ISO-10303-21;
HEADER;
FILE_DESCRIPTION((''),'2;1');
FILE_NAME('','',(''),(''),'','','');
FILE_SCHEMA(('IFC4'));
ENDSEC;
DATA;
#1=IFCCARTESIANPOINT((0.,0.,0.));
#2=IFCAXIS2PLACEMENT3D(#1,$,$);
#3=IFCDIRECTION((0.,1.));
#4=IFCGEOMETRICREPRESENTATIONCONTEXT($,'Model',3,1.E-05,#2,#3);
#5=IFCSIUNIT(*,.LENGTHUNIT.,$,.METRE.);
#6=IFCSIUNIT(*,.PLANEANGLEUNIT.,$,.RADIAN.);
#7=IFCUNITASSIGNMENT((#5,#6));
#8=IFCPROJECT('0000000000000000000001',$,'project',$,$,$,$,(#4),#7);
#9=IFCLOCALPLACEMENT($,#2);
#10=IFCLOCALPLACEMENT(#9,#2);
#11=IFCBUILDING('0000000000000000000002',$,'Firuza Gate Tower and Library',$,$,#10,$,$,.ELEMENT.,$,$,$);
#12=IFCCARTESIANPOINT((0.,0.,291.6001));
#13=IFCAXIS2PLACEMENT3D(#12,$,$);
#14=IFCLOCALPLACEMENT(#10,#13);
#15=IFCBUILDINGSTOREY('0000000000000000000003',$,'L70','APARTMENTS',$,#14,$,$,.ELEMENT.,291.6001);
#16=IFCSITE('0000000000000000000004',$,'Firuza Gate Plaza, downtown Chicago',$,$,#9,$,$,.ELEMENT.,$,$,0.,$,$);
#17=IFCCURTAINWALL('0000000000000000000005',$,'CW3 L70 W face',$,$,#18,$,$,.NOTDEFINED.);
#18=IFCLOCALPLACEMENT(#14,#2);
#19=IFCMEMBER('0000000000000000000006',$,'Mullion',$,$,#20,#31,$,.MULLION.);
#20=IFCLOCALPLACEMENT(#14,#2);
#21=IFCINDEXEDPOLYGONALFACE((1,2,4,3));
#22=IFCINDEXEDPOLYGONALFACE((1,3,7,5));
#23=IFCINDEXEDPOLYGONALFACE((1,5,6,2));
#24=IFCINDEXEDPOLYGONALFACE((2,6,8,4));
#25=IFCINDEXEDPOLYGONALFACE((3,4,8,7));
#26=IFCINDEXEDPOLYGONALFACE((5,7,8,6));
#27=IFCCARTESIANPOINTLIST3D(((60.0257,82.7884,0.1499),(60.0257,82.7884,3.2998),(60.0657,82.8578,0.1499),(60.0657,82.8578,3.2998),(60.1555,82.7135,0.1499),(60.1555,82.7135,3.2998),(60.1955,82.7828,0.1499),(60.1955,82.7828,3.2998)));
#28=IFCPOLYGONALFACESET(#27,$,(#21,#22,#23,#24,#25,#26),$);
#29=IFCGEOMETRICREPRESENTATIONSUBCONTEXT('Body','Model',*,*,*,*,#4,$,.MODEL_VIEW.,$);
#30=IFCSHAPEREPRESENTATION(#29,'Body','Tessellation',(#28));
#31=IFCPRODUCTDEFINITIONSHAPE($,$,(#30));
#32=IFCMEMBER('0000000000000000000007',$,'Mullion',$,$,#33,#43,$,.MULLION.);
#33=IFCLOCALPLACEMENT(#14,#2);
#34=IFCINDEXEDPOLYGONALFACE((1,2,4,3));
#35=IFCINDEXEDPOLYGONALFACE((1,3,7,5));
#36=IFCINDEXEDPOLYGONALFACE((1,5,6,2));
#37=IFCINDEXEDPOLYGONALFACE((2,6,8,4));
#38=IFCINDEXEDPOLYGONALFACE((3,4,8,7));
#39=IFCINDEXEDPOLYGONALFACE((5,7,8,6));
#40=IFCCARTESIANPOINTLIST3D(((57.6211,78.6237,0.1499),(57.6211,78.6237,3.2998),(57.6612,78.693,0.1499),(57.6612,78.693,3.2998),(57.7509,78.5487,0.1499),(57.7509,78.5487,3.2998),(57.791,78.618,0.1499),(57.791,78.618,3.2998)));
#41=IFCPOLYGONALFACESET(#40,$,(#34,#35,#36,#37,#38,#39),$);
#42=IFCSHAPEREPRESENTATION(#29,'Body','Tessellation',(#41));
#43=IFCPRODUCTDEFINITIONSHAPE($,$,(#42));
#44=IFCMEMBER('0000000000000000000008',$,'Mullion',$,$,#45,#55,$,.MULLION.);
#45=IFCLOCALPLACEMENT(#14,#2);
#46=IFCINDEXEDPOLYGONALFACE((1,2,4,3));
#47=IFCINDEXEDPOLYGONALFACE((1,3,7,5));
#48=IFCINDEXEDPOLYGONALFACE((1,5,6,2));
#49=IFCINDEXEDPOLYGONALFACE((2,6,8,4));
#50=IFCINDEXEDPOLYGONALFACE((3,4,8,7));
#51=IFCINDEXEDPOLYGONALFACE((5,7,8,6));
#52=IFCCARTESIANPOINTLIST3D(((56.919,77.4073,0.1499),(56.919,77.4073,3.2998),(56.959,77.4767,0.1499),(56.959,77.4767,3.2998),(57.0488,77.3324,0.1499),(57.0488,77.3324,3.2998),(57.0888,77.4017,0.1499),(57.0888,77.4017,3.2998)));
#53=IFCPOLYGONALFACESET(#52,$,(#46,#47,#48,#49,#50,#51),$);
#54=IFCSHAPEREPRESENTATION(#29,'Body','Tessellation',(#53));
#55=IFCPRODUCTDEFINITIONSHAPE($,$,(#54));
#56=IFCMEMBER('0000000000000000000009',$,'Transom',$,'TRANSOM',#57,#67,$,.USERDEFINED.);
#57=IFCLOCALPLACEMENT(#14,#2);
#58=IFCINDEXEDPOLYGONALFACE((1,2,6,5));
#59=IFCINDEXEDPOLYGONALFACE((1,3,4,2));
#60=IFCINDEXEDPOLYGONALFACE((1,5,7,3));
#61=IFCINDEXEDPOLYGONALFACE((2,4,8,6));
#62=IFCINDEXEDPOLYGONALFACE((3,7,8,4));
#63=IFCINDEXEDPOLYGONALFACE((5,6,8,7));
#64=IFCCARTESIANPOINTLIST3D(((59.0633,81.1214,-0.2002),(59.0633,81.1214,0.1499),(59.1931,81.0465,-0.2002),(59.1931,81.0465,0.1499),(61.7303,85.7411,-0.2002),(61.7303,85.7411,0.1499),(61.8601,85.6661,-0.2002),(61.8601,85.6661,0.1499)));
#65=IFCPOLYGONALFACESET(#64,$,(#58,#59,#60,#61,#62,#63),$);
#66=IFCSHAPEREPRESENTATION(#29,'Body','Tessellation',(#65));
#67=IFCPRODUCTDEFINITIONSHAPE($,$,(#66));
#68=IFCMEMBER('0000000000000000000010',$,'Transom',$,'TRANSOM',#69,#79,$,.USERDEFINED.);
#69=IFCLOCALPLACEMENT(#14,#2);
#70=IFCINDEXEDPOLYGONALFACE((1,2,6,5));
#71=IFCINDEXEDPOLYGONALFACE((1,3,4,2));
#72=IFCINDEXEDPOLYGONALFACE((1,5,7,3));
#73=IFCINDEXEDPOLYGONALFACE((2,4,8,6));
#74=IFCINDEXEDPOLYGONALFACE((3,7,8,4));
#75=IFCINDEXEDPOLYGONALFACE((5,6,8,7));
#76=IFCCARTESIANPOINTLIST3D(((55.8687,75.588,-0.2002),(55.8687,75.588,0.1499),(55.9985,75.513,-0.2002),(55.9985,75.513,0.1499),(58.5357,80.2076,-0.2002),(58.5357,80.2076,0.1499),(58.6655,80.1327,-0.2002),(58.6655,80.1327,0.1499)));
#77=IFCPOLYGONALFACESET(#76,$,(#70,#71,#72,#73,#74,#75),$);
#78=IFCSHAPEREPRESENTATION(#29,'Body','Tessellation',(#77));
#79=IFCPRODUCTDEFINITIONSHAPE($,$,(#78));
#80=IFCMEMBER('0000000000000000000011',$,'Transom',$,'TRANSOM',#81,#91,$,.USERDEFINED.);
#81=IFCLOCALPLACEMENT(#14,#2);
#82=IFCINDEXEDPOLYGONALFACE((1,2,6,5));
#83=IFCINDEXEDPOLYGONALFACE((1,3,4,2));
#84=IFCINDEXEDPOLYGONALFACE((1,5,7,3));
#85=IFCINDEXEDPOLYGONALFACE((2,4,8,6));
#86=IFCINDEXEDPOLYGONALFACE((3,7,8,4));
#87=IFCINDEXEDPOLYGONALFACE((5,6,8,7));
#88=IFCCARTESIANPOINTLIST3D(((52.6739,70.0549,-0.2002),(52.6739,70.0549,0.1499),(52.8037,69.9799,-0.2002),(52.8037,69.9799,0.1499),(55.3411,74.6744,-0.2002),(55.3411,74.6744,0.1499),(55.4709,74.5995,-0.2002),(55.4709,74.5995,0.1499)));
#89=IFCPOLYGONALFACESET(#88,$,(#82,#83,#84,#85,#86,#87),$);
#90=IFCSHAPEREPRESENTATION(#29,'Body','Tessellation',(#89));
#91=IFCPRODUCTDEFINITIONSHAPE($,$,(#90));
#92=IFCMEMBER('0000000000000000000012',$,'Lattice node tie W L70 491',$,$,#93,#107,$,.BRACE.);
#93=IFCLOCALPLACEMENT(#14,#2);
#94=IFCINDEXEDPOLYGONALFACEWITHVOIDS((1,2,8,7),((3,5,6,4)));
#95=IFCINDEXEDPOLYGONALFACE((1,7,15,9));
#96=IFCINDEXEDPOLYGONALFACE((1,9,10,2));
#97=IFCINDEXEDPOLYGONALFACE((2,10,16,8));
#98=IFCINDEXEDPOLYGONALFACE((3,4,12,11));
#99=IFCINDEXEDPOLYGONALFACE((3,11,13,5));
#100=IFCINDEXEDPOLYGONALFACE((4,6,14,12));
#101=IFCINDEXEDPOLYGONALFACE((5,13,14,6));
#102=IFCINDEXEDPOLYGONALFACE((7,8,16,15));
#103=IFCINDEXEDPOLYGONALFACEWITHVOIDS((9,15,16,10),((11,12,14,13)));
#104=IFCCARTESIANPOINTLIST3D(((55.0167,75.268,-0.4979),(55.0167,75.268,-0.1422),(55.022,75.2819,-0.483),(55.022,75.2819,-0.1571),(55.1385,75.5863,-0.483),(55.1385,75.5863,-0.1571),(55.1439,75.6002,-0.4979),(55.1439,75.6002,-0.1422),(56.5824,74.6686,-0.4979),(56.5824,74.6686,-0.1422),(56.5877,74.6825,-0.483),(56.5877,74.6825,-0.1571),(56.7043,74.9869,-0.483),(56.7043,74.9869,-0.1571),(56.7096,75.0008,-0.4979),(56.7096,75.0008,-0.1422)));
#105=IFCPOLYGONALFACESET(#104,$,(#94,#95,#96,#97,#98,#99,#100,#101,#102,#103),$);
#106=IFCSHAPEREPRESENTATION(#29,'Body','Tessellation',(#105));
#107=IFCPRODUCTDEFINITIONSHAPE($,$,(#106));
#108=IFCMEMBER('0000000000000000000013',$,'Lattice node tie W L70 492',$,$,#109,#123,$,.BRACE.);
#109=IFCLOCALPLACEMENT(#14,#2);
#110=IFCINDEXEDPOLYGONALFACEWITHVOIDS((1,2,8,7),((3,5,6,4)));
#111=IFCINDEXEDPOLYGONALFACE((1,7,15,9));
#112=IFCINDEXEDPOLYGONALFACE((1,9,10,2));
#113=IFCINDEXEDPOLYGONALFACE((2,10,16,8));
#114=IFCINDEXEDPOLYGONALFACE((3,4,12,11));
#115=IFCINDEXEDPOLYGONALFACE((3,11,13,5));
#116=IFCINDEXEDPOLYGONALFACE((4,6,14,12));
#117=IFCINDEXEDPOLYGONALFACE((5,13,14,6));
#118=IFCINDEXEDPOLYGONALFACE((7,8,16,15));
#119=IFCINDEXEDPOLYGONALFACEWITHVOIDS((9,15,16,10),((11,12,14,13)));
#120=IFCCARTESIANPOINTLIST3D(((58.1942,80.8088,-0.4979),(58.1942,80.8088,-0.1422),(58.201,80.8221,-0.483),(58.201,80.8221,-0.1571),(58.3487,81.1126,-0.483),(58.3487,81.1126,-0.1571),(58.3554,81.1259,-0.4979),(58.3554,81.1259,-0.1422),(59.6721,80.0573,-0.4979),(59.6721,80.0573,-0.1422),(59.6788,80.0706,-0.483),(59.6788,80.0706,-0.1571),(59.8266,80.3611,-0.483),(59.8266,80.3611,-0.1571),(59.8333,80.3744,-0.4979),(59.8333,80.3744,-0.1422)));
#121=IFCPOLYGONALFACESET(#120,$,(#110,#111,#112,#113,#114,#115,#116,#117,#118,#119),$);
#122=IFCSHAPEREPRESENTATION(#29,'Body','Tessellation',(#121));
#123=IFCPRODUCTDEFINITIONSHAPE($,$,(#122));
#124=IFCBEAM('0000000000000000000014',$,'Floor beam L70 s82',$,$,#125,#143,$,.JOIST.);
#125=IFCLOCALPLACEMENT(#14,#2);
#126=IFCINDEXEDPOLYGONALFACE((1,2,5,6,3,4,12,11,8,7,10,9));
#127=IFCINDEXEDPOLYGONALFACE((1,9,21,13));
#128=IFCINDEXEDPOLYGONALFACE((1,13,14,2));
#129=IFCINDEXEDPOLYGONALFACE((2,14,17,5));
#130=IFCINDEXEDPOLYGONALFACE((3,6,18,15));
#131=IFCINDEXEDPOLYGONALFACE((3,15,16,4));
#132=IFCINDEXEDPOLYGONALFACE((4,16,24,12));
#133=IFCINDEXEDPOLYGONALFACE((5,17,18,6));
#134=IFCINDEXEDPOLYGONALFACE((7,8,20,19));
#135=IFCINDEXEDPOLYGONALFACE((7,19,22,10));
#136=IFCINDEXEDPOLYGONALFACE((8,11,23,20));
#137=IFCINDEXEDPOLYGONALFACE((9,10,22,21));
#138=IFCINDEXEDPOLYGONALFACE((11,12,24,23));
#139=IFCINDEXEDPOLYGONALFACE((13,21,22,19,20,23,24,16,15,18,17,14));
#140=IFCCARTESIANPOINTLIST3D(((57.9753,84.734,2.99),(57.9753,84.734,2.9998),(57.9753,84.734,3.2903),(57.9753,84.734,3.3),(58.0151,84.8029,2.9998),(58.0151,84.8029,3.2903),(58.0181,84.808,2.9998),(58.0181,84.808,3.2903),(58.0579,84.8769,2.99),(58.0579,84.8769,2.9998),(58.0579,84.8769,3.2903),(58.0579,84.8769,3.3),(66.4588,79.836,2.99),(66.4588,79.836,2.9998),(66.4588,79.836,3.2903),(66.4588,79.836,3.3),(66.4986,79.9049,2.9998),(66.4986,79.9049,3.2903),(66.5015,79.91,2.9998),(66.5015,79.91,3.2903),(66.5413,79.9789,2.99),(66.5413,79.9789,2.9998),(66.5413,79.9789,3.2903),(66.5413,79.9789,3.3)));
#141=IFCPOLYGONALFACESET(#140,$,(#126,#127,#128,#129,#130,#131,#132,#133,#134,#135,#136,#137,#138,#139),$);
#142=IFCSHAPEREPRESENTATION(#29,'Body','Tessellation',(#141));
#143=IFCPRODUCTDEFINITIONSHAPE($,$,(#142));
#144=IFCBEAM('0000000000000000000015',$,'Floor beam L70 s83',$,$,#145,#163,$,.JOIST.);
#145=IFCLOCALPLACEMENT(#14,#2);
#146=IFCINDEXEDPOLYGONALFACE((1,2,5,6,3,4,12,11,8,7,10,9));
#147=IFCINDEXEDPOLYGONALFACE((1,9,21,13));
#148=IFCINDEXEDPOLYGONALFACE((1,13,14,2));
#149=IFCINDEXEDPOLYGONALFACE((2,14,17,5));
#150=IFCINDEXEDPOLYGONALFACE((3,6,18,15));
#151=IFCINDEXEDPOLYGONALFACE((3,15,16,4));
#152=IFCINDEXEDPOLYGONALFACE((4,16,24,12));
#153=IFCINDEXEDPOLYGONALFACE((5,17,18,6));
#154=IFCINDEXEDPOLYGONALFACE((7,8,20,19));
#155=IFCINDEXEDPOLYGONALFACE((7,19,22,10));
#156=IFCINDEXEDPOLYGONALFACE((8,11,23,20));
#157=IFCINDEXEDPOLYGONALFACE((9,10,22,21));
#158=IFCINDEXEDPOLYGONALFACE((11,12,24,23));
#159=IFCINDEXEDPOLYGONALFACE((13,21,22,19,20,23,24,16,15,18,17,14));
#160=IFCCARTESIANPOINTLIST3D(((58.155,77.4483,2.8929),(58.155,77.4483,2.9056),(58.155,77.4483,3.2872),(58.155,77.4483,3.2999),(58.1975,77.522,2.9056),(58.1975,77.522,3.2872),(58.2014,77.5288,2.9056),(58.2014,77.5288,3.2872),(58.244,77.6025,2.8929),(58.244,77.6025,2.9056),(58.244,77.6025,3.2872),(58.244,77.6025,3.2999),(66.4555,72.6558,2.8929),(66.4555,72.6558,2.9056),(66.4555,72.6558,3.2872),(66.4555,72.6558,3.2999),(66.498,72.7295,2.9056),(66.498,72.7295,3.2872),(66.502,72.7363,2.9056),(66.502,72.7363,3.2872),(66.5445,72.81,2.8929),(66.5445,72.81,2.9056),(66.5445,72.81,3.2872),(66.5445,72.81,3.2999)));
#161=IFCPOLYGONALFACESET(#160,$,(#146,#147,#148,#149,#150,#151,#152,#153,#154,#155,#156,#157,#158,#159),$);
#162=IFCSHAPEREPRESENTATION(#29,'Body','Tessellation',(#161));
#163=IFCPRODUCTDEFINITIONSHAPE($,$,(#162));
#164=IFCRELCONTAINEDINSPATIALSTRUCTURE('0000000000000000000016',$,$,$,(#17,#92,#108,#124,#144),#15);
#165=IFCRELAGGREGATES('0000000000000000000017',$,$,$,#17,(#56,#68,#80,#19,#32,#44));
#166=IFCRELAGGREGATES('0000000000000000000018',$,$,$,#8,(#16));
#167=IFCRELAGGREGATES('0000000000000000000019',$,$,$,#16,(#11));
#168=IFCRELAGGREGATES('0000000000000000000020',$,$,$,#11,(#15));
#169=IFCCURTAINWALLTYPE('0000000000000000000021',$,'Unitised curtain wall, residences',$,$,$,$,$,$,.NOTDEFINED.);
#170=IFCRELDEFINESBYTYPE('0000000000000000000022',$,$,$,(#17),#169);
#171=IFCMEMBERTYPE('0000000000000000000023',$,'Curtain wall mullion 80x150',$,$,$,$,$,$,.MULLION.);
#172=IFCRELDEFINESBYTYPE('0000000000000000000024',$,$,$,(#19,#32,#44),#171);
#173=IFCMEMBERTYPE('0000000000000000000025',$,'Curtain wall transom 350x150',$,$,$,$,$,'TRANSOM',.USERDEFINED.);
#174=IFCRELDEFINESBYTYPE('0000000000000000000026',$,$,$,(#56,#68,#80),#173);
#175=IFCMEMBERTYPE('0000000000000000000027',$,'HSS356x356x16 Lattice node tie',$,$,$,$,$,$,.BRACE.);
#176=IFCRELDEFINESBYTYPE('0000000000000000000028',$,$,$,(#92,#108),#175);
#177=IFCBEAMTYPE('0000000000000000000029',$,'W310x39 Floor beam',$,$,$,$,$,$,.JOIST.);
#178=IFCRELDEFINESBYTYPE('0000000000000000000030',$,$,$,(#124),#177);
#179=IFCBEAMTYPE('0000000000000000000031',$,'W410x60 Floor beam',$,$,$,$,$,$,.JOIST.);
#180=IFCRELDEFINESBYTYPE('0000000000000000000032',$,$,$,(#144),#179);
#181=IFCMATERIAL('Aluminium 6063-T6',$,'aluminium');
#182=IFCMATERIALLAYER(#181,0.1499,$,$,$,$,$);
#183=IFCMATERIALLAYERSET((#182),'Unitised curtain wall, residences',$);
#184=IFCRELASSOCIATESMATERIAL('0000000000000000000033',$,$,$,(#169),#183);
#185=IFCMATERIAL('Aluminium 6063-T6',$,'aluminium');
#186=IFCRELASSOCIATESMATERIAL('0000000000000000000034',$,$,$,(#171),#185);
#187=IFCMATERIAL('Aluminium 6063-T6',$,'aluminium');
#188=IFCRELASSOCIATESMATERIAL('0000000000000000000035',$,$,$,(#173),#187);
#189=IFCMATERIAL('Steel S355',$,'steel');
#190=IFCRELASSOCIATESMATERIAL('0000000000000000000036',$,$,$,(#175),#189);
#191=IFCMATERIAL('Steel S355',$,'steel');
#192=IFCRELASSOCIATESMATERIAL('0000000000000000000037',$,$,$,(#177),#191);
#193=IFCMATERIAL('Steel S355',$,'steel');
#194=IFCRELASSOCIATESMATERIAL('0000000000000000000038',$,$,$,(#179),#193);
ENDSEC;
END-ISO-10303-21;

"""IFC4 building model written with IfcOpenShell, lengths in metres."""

from ifc_helpers import new_model, si_unit, direction, frame, origin, origin_2d, place, context, subcontext, project, spatial, rectangle, hollow_rectangle, i_section, extrude, material, layer, layer_set, material_profile, profile_set, type_object, element, aggregate, save


model = new_model("IFC4")

# Units and contexts
model_context = context("Model", 3, precision=1e-05, world=origin(), true_north=direction((0.0, 1.0)))
body_context = subcontext(model_context, "Body", "Model", "MODEL_VIEW")
ifc_project = project(units=[si_unit("LENGTHUNIT", "METRE"), si_unit("PLANEANGLEUNIT", "RADIAN")], contexts=[model_context])

# Site, building, storey
site_placement = place(None, origin())
site = spatial("IfcSite", under=ifc_project, at=site_placement, Name="Firuza Gate Plaza, downtown Chicago", CompositionType="ELEMENT", RefElevation=0.0)
building_placement = place(site_placement, origin())
building = spatial("IfcBuilding", under=site, at=building_placement, Name="Firuza Gate Tower and Library", CompositionType="ELEMENT")
storey_placement = place(building_placement, frame((0.0, 0.0, 291.6001)))
storey = spatial("IfcBuildingStorey", under=building, at=storey_placement, Name="L70", Description="APARTMENTS", CompositionType="ELEMENT", Elevation=291.6001)

# Curtain wall, members
ifc_material_1 = material(Name="Aluminium 6063-T6", Category="aluminium")
ifc_layer_1 = layer(ifc_material_1, 0.1499)
ifc_layer_set_1 = layer_set([ifc_layer_1], Name="Unitised curtain wall, residences")
curtain_wall_type = type_object("IfcCurtainWallType", Name="Unitised curtain wall, residences", PredefinedType="NOTDEFINED", material=ifc_layer_set_1)
curtain_wall_placement = place(storey_placement, origin())
curtain_wall = element("IfcCurtainWall", 1, at=curtain_wall_placement, inside=storey, type_object=curtain_wall_type, Name="CW3 L70 W face", PredefinedType="NOTDEFINED")
ifc_material_2 = material(Name="Aluminium 6063-T6", Category="aluminium")
ifc_material_profile_1 = material_profile(ifc_material_2, rectangle(XDim=0.1499, YDim=0.0801, at=origin_2d()))
ifc_profile_set_1 = profile_set([ifc_material_profile_1], Name="Aluminium 6063-T6")
member_type_1 = type_object("IfcMemberType", Name="Curtain wall mullion 80x150", PredefinedType="MULLION", material=ifc_profile_set_1)
member_1_placement = place(storey_placement, frame((60.1106, 82.7856, 0.1499), z_axis=(0.0, 0.0, 1.0), x_axis=(0.866025, -0.5, 0.0)))
member_1 = element("IfcMember", 2, at=member_1_placement, type_object=member_type_1, Name="Mullion", PredefinedType="MULLION", context=body_context, shape_type="SweptSolid", body=[
    extrude(rectangle(XDim=0.1499, YDim=0.0801, at=origin_2d()), origin(), (0.0, 0.0, 1.0), 3.1499),
])
member_2_placement = place(storey_placement, frame((57.7061, 78.6208, 0.1499), z_axis=(0.0, 0.0, 1.0), x_axis=(0.866025, -0.5, 0.0)))
member_2 = element("IfcMember", 3, at=member_2_placement, type_object=member_type_1, Name="Mullion", PredefinedType="MULLION", context=body_context, shape_type="SweptSolid", body=[
    extrude(rectangle(XDim=0.1499, YDim=0.0801, at=origin_2d()), origin(), (0.0, 0.0, 1.0), 3.1499),
])
member_3_placement = place(storey_placement, frame((57.0039, 77.4045, 0.1499), z_axis=(0.0, 0.0, 1.0), x_axis=(0.866025, -0.5, 0.0)))
member_3 = element("IfcMember", 4, at=member_3_placement, type_object=member_type_1, Name="Mullion", PredefinedType="MULLION", context=body_context, shape_type="SweptSolid", body=[
    extrude(rectangle(XDim=0.1499, YDim=0.0801, at=origin_2d()), origin(), (0.0, 0.0, 1.0), 3.1499),
])
ifc_material_3 = material(Name="Aluminium 6063-T6", Category="aluminium")
ifc_material_profile_2 = material_profile(ifc_material_3, rectangle(XDim=0.1499, YDim=0.3501, at=origin_2d()))
ifc_profile_set_2 = profile_set([ifc_material_profile_2], Name="Aluminium 6063-T6")
member_type_2 = type_object("IfcMemberType", Name="Curtain wall transom 350x150", ElementType="TRANSOM", PredefinedType="USERDEFINED", material=ifc_profile_set_2)
member_4_placement = place(storey_placement, frame((61.7952, 85.7036, -0.0251), z_axis=(-0.499979, -0.866038, 0.0), x_axis=(0.866038, -0.499979, 0.0)))
member_4 = element("IfcMember", 5, at=member_4_placement, type_object=member_type_2, Name="Transom", ObjectType="TRANSOM", PredefinedType="USERDEFINED", context=body_context, shape_type="SweptSolid", body=[
    extrude(rectangle(XDim=0.1499, YDim=0.3501, at=origin_2d()), origin(), (0.0, 0.0, 1.0), 5.3342),
])
member_5_placement = place(storey_placement, frame((58.6006, 80.1702, -0.0251), z_axis=(-0.499979, -0.866038, 0.0), x_axis=(0.866038, -0.499979, 0.0)))
member_5 = element("IfcMember", 6, at=member_5_placement, type_object=member_type_2, Name="Transom", ObjectType="TRANSOM", PredefinedType="USERDEFINED", context=body_context, shape_type="SweptSolid", body=[
    extrude(rectangle(XDim=0.1499, YDim=0.3501, at=origin_2d()), origin(), (0.0, 0.0, 1.0), 5.3342),
])
member_6_placement = place(storey_placement, frame((55.406, 74.637, -0.0251), z_axis=(-0.500013, -0.866018, 0.0), x_axis=(0.866018, -0.500013, 0.0)))
member_6 = element("IfcMember", 7, at=member_6_placement, type_object=member_type_2, Name="Transom", ObjectType="TRANSOM", PredefinedType="USERDEFINED", context=body_context, shape_type="SweptSolid", body=[
    extrude(rectangle(XDim=0.1499, YDim=0.3501, at=origin_2d()), origin(), (0.0, 0.0, 1.0), 5.3342),
])

# Members
ifc_material_4 = material(Name="Steel S355", Category="steel")
ifc_material_profile_3 = material_profile(ifc_material_4, hollow_rectangle(XDim=0.3557, YDim=0.3557, WallThickness=0.0149, at=origin_2d()))
ifc_profile_set_3 = profile_set([ifc_material_profile_3], Name="Steel S355")
member_type_3 = type_object("IfcMemberType", Name="HSS356x356x16 Lattice node tie", PredefinedType="BRACE", material=ifc_profile_set_3)
member_7_placement = place(storey_placement, frame((56.646, 74.8347, -0.3201), z_axis=(-0.933907, 0.357515, 0.0), x_axis=(-0.357515, -0.933907, 0.0)))
element("IfcMember", 8, at=member_7_placement, inside=storey, type_object=member_type_3, Name="Lattice node tie W L70 491", PredefinedType="BRACE", context=body_context, shape_type="SweptSolid", body=[
    extrude(hollow_rectangle(XDim=0.3557, YDim=0.3557, WallThickness=0.0149, at=origin_2d()), origin(), (0.0, 0.0, 1.0), 1.6765),
])
member_8_placement = place(storey_placement, frame((59.7527, 80.2158, -0.3201), z_axis=(-0.891373, 0.45327, 0.0), x_axis=(-0.45327, -0.891373, 0.0)))
element("IfcMember", 9, at=member_8_placement, inside=storey, type_object=member_type_3, Name="Lattice node tie W L70 492", PredefinedType="BRACE", context=body_context, shape_type="SweptSolid", body=[
    extrude(hollow_rectangle(XDim=0.3557, YDim=0.3557, WallThickness=0.0149, at=origin_2d()), origin(), (0.0, 0.0, 1.0), 1.658),
])

# Beams
ifc_material_5 = material(Name="Steel S355", Category="steel")
ifc_material_profile_4 = material_profile(ifc_material_5, i_section(OverallWidth=0.165, OverallDepth=0.3101, WebThickness=0.0059, FlangeThickness=0.0098, at=origin_2d()))
ifc_profile_set_4 = profile_set([ifc_material_profile_4], Name="Steel S355")
beam_type_1 = type_object("IfcBeamType", Name="W310x39 Floor beam", PredefinedType="JOIST", material=ifc_profile_set_4)
beam_1_placement = place(storey_placement, frame((58.0166, 84.8054, 3.145), z_axis=(0.866023, -0.500004, 0.0), x_axis=(0.500004, 0.866023, 0.0)))
element("IfcBeam", 10, at=beam_1_placement, inside=storey, type_object=beam_type_1, Name="Floor beam L70 s82", PredefinedType="JOIST", context=body_context, shape_type="SweptSolid", body=[
    extrude(i_section(OverallWidth=0.165, OverallDepth=0.3101, WebThickness=0.0059, FlangeThickness=0.0098, at=origin_2d()), origin(), (0.0, 0.0, 1.0), 9.7959),
])
ifc_material_6 = material(Name="Steel S355", Category="steel")
ifc_material_profile_5 = material_profile(ifc_material_6, i_section(OverallWidth=0.178, OverallDepth=0.407, WebThickness=0.0078, FlangeThickness=0.0127, at=origin_2d()))
ifc_profile_set_5 = profile_set([ifc_material_profile_5], Name="Steel S355")
beam_type_2 = type_object("IfcBeamType", Name="W410x60 Floor beam", PredefinedType="JOIST", material=ifc_profile_set_5)
beam_2_placement = place(storey_placement, frame((58.1995, 77.5254, 3.0964), z_axis=(0.866018, -0.500013, 0.0), x_axis=(0.500013, 0.866018, 0.0)))
element("IfcBeam", 11, at=beam_2_placement, inside=storey, type_object=beam_type_2, Name="Floor beam L70 s83", PredefinedType="JOIST", context=body_context, shape_type="SweptSolid", body=[
    extrude(i_section(OverallWidth=0.178, OverallDepth=0.407, WebThickness=0.0078, FlangeThickness=0.0127, at=origin_2d()), origin(), (0.0, 0.0, 1.0), 9.5847),
])

aggregate(curtain_wall, [member_4, member_5, member_6, member_1, member_2, member_3])

save(model, "model.ifc")
